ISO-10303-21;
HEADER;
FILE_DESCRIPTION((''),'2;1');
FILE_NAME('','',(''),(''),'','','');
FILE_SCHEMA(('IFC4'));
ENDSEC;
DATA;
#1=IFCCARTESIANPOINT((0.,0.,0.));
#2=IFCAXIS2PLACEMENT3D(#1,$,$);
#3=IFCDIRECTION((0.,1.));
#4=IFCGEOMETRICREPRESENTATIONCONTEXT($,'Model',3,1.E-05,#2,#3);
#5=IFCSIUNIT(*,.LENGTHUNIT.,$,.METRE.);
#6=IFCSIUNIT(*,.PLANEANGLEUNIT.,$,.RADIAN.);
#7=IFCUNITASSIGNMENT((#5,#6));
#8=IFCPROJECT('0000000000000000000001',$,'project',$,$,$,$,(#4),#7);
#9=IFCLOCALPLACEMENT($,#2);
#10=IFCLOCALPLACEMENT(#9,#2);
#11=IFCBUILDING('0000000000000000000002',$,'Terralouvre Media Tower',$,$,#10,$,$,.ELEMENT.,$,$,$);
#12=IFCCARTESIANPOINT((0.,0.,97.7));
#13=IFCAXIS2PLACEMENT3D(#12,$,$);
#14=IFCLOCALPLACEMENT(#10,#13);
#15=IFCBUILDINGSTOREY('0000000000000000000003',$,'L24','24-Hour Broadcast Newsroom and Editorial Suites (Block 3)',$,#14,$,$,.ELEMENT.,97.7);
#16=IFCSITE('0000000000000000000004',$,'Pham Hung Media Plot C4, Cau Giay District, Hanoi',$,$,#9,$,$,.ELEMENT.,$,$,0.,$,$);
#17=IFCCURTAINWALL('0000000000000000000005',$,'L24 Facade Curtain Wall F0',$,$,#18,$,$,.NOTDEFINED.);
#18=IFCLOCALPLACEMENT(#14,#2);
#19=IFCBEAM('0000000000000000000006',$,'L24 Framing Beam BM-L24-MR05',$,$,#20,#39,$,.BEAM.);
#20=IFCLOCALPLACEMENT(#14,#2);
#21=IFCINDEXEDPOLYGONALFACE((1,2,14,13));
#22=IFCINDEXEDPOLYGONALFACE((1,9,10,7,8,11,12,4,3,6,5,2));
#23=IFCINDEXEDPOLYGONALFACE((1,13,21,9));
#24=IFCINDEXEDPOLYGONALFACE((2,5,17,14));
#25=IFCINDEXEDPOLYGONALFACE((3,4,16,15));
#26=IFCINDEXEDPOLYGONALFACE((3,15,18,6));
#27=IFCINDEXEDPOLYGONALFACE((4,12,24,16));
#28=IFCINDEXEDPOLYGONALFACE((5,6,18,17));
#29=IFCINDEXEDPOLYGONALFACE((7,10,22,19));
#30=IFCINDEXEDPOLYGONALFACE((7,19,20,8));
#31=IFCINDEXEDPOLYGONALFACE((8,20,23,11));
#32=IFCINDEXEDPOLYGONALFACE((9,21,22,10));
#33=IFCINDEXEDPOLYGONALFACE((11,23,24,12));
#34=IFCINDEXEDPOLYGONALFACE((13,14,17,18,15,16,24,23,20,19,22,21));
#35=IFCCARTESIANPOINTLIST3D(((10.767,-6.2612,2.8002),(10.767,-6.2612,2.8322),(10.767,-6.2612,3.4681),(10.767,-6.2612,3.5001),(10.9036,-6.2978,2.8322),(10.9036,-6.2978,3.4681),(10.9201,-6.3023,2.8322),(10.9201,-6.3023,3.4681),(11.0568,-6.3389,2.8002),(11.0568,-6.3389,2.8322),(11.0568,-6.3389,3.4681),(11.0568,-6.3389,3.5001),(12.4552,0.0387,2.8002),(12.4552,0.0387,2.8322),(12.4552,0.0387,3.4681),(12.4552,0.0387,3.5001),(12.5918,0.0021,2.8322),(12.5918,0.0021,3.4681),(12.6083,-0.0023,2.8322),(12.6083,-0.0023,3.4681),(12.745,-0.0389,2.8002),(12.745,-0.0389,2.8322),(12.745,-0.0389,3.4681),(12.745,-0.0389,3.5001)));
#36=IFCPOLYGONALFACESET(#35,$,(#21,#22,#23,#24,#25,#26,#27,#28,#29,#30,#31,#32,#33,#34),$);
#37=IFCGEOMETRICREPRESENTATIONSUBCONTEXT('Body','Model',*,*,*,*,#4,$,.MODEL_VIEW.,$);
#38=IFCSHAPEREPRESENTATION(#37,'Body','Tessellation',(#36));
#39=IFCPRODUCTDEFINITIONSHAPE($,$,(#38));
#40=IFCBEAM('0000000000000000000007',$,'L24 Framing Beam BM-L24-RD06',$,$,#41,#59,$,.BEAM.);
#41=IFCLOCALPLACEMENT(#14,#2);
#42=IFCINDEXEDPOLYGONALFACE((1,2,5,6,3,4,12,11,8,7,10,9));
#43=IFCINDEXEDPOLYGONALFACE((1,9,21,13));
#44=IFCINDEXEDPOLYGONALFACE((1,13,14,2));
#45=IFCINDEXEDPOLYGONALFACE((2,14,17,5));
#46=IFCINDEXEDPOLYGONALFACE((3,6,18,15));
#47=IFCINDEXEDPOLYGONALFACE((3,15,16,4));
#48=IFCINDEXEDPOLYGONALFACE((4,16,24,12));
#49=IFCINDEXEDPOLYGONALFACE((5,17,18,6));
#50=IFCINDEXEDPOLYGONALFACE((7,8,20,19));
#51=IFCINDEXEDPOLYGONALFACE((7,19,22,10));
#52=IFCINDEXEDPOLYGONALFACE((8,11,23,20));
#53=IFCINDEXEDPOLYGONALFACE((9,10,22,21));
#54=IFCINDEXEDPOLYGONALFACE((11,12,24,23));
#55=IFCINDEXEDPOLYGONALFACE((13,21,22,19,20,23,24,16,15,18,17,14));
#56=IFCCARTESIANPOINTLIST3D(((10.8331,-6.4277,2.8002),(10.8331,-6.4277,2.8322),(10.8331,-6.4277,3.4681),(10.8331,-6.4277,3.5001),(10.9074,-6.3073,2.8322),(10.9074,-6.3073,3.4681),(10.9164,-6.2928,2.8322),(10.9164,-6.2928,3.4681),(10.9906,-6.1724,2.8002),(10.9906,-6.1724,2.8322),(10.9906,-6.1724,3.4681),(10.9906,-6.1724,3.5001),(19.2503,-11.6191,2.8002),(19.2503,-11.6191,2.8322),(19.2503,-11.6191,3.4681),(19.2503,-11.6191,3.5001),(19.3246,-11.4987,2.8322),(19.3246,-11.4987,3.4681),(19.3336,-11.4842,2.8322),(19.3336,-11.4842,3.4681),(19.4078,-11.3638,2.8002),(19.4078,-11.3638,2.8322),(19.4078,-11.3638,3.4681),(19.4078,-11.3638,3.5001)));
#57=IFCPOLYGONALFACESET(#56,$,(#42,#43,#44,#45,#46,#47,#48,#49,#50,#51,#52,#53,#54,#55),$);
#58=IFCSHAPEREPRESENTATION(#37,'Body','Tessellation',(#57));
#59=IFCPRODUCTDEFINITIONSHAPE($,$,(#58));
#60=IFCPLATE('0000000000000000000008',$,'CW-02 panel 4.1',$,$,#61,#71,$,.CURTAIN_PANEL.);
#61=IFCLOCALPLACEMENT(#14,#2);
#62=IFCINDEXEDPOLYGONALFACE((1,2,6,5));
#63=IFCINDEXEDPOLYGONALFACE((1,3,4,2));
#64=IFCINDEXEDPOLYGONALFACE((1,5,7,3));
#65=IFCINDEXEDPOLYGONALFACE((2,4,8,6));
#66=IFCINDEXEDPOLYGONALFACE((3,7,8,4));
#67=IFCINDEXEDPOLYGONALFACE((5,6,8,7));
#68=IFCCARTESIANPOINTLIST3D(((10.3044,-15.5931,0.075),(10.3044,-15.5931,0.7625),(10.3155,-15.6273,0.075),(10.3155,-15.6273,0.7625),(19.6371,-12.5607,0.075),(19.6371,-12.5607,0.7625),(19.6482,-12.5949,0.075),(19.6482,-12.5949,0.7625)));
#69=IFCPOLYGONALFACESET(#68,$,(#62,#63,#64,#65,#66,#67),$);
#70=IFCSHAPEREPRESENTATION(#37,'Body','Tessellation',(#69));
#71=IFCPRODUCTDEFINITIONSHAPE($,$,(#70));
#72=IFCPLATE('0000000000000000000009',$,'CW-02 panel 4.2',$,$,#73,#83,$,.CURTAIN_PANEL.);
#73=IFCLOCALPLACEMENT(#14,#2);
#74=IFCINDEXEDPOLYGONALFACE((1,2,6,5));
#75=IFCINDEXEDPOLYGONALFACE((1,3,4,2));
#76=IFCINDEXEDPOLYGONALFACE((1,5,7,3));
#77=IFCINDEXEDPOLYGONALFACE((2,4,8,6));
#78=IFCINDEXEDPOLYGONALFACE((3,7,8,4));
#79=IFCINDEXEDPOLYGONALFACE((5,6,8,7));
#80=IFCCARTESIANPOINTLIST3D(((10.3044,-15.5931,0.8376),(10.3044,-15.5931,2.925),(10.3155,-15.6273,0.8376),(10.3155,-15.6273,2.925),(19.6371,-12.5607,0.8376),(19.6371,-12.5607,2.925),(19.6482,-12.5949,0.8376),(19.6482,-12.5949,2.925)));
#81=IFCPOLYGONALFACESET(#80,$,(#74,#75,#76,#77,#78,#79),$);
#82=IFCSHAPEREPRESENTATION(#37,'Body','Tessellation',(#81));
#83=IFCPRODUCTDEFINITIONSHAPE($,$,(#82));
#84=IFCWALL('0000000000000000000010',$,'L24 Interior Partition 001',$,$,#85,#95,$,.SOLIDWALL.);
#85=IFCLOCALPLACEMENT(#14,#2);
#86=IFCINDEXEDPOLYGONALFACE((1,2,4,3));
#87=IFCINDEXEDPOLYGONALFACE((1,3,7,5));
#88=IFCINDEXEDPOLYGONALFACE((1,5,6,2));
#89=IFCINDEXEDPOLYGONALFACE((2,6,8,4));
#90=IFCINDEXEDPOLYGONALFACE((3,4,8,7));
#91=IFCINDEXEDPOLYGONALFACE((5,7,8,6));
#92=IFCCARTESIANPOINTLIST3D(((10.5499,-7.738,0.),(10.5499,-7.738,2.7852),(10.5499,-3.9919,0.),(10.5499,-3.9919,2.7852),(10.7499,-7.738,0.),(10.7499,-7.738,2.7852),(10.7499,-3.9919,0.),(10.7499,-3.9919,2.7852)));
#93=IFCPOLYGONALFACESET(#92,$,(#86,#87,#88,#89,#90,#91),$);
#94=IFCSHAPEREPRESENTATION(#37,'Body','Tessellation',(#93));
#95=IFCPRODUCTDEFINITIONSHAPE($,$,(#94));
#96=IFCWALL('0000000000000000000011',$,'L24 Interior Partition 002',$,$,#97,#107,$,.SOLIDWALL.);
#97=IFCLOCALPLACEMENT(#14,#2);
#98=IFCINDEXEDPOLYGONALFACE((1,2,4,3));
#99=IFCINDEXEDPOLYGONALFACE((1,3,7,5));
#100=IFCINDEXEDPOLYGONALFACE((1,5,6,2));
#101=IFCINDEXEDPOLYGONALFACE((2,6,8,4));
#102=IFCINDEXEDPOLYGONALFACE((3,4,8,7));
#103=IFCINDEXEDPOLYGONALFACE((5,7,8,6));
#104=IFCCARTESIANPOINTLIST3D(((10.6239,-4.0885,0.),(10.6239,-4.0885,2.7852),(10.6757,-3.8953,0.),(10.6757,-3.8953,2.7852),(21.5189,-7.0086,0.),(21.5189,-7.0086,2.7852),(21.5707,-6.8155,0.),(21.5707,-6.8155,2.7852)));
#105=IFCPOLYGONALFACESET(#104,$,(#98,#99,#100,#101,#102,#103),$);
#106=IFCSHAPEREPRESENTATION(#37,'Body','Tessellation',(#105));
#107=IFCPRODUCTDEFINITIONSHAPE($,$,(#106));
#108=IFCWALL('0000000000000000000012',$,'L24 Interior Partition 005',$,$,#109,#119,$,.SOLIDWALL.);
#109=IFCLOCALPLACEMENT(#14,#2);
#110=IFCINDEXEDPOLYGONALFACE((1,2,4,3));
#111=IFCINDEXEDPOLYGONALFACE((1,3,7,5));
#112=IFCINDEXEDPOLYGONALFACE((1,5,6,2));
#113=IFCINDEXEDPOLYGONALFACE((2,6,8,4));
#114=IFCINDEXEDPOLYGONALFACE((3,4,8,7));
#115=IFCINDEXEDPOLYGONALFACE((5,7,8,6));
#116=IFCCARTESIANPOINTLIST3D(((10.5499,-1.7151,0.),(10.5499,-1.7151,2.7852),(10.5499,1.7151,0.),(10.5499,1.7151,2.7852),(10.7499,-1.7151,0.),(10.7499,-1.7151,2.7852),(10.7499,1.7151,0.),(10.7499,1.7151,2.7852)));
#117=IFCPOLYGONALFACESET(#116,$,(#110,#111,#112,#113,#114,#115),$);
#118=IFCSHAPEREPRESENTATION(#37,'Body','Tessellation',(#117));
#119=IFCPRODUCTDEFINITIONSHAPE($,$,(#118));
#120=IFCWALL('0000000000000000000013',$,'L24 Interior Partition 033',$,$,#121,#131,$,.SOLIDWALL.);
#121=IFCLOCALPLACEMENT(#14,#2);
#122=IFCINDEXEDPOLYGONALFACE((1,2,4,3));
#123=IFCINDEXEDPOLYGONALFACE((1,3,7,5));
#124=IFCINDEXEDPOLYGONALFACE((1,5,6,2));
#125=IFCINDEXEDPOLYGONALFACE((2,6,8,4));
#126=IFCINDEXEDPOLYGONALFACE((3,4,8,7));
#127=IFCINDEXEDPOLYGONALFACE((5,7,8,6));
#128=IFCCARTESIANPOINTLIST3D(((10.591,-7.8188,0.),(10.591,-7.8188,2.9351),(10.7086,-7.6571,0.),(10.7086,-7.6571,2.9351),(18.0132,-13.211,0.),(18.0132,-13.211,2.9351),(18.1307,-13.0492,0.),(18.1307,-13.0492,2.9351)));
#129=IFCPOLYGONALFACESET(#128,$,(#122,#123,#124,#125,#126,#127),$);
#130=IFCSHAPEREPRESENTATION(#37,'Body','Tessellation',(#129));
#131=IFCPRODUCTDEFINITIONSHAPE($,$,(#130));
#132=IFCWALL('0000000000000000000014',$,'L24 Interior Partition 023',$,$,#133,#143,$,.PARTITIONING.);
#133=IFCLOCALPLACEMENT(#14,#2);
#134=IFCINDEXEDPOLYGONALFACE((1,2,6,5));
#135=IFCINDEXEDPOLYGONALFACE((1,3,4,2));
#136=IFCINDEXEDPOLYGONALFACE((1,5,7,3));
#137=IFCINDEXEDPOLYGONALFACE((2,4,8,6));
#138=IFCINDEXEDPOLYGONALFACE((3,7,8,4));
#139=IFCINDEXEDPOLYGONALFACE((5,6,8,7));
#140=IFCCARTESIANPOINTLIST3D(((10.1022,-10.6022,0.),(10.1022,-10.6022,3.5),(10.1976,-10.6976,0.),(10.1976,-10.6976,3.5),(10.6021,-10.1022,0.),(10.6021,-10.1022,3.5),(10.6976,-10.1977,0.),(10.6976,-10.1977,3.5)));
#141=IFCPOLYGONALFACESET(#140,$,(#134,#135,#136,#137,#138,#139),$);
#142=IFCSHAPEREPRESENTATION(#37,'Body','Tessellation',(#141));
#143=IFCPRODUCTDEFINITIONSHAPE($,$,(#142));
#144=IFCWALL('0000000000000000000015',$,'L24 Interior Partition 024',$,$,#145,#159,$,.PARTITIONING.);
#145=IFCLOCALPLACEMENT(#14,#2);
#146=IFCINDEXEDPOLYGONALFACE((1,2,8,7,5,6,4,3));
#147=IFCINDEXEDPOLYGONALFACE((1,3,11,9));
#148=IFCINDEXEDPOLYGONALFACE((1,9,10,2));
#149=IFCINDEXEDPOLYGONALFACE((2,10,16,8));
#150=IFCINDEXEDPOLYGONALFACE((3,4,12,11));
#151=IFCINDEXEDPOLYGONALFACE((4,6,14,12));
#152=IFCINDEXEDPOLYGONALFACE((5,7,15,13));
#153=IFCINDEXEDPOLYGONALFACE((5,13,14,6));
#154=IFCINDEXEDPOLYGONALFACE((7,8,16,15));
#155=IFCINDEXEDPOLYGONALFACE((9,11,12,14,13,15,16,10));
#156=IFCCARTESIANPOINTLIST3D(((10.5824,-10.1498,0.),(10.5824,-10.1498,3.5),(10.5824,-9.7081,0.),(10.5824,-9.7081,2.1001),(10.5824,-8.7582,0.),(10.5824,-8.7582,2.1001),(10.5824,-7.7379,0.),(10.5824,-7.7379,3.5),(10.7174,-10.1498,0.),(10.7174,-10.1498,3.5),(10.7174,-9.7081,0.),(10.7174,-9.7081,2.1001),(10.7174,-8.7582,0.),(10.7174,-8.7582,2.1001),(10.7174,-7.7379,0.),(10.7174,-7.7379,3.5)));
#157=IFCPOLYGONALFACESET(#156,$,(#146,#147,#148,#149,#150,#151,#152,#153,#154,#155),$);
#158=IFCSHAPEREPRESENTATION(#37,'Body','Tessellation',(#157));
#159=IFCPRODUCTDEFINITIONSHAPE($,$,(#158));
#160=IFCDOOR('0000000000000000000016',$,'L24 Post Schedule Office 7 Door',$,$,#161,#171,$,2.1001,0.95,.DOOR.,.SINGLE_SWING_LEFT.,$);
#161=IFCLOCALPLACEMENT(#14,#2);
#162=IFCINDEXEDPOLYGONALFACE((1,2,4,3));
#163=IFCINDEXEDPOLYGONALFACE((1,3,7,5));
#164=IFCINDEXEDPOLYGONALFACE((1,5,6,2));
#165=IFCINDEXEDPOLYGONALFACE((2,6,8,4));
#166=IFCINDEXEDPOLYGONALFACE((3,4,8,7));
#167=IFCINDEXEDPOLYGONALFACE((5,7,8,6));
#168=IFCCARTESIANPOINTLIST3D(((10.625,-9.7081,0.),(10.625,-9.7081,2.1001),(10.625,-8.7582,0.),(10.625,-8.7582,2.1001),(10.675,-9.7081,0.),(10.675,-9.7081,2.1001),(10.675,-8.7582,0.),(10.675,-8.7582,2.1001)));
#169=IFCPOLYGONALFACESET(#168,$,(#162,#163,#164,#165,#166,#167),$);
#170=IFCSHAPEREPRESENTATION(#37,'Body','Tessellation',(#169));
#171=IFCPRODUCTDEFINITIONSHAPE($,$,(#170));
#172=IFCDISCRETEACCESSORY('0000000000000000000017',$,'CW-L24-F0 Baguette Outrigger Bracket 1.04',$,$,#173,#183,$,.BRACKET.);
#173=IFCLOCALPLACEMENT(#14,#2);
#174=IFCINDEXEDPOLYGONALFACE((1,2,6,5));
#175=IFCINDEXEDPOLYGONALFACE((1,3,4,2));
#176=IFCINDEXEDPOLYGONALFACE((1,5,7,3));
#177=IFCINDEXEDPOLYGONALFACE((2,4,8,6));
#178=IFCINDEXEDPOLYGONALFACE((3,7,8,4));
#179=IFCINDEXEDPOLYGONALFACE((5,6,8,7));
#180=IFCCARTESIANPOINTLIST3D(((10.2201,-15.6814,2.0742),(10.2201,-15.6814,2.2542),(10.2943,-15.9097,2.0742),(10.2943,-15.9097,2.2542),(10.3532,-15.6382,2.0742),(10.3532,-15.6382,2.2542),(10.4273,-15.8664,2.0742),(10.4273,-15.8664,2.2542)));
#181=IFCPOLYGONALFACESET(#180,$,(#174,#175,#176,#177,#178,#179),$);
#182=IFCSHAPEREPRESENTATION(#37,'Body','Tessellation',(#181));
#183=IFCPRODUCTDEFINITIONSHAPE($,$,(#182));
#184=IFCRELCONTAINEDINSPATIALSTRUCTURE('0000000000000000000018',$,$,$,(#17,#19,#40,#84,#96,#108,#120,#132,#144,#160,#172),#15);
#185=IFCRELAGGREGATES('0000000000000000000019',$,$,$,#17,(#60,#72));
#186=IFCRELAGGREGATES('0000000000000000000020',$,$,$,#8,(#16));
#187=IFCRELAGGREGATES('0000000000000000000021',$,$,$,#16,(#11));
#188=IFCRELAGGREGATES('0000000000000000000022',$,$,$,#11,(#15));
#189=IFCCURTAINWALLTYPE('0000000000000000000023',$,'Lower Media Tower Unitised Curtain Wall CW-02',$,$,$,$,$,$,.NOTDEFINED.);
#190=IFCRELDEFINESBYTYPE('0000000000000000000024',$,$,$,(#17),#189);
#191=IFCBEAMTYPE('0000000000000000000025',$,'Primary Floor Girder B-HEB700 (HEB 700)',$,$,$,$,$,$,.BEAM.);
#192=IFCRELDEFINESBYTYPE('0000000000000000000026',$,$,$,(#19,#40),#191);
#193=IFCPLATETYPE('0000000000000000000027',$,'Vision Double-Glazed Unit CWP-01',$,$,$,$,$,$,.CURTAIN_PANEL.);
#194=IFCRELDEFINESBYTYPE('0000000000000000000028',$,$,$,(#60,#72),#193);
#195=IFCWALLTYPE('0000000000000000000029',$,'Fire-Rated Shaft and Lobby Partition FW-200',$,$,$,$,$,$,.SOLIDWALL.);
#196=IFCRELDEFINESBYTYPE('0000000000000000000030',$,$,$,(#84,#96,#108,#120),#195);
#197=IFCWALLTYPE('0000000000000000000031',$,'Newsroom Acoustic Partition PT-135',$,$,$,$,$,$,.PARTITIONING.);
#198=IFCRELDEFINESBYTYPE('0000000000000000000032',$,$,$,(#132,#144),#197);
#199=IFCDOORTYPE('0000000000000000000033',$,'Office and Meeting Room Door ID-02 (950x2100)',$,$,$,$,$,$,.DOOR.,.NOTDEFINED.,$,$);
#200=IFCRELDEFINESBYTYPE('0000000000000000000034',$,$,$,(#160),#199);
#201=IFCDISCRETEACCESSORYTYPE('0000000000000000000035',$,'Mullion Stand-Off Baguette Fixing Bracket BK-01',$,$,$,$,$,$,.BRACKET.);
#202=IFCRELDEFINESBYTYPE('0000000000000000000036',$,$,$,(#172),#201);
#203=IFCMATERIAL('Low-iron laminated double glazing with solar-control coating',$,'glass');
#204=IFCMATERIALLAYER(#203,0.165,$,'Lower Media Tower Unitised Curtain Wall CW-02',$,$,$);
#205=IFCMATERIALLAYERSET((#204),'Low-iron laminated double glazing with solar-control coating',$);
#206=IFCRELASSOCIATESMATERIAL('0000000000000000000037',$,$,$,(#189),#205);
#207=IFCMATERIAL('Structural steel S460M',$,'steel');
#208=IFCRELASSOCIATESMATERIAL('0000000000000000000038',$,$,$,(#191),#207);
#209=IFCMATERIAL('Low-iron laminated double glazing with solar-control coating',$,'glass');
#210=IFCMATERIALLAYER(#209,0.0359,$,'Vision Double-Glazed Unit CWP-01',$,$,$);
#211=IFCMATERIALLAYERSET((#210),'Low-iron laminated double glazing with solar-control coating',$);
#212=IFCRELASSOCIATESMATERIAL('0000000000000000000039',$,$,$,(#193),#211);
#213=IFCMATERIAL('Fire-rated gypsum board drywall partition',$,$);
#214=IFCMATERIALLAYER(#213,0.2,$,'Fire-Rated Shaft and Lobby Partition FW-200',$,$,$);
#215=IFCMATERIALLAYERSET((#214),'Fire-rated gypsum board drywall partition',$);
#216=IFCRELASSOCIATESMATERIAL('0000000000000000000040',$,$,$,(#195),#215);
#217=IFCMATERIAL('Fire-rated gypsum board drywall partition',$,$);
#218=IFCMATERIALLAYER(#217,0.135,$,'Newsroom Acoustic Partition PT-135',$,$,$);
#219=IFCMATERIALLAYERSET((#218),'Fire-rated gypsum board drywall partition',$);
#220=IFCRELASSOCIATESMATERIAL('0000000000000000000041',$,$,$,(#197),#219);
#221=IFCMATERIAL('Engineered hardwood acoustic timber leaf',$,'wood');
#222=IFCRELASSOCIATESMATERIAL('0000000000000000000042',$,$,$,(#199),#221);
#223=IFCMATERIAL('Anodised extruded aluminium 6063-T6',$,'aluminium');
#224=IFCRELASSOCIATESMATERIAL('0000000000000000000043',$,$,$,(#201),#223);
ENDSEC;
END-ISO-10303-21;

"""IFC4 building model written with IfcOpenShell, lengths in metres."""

from ifc_helpers import new_model, si_unit, direction, frame, frame_2d, origin, origin_2d, place, context, subcontext, project, spatial, rectangle, i_section, extrude, material, layer, layer_set, material_profile, profile_set, type_object, element, fill, aggregate, save


model = new_model("IFC4")

# Units and contexts
model_context = context("Model", 3, precision=1e-05, world=origin(), true_north=direction((0.0, 1.0)))
body_context = subcontext(model_context, "Body", "Model", "MODEL_VIEW")
ifc_project = project(units=[si_unit("LENGTHUNIT", "METRE"), si_unit("PLANEANGLEUNIT", "RADIAN")], contexts=[model_context])

# Site, building, storey
site_placement = place(None, origin())
site = spatial("IfcSite", under=ifc_project, at=site_placement, Name="Pham Hung Media Plot C4, Cau Giay District, Hanoi", CompositionType="ELEMENT", RefElevation=0.0)
building_placement = place(site_placement, origin())
building = spatial("IfcBuilding", under=site, at=building_placement, Name="Terralouvre Media Tower", CompositionType="ELEMENT")
storey_placement = place(building_placement, frame((0.0, 0.0, 97.7)))
storey = spatial("IfcBuildingStorey", under=building, at=storey_placement, Name="L24", Description="24-Hour Broadcast Newsroom and Editorial Suites (Block 3)", CompositionType="ELEMENT", Elevation=97.7)

# Curtain wall
ifc_material_1 = material(Name="Low-iron laminated double glazing with solar-control coating", Category="glass")
ifc_layer_1 = layer(ifc_material_1, 0.165, Name="Lower Media Tower Unitised Curtain Wall CW-02")
ifc_layer_set_1 = layer_set([ifc_layer_1], Name="Low-iron laminated double glazing with solar-control coating")
curtain_wall_type = type_object("IfcCurtainWallType", Name="Lower Media Tower Unitised Curtain Wall CW-02", PredefinedType="NOTDEFINED", material=ifc_layer_set_1)
curtain_wall_placement = place(storey_placement, origin())
curtain_wall = element("IfcCurtainWall", 1, at=curtain_wall_placement, inside=storey, type_object=curtain_wall_type, Name="L24 Facade Curtain Wall F0", PredefinedType="NOTDEFINED")

# Beams
ifc_material_2 = material(Name="Structural steel S460M", Category="steel")
ifc_material_profile_1 = material_profile(ifc_material_2, i_section(OverallWidth=0.3, OverallDepth=0.7, WebThickness=0.0171, FlangeThickness=0.032, at=origin_2d()), Name="HEB 700")
ifc_profile_set_1 = profile_set([ifc_material_profile_1], Name="Structural steel S460M")
beam_type_1 = type_object("IfcBeamType", Name="Primary Floor Girder B-HEB700 (HEB 700)", PredefinedType="BEAM", material=ifc_profile_set_1)
beam_1_placement = place(storey_placement, frame((10.9119, -6.3, 3.1501), z_axis=(0.258839, 0.96592, 0.0), x_axis=(-0.96592, 0.258839, 0.0)))
element("IfcBeam", 2, at=beam_1_placement, inside=storey, type_object=beam_type_1, Name="L24 Framing Beam BM-L24-MR05", PredefinedType="BEAM", context=body_context, shape_type="SweptSolid", body=[
    extrude(i_section(OverallWidth=0.3, OverallDepth=0.7, WebThickness=0.0171, FlangeThickness=0.032, at=origin_2d()), origin(), (0.0, 0.0, 1.0), 6.5222),
])
beam_2_placement = place(storey_placement, frame((10.9119, -6.3, 3.1501), z_axis=(0.851136, -0.524946, 0.0), x_axis=(0.524946, 0.851136, 0.0)))
element("IfcBeam", 3, at=beam_2_placement, inside=storey, type_object=beam_type_1, Name="L24 Framing Beam BM-L24-RD06", PredefinedType="BEAM", context=body_context, shape_type="SweptSolid", body=[
    extrude(i_section(OverallWidth=0.3, OverallDepth=0.7, WebThickness=0.0171, FlangeThickness=0.032, at=origin_2d()), origin(), (0.0, 0.0, 1.0), 9.8894),
])

# Plates
ifc_material_3 = material(Name="Low-iron laminated double glazing with solar-control coating", Category="glass")
ifc_layer_2 = layer(ifc_material_3, 0.0359, Name="Vision Double-Glazed Unit CWP-01")
ifc_layer_set_2 = layer_set([ifc_layer_2], Name="Low-iron laminated double glazing with solar-control coating")
plate_type = type_object("IfcPlateType", Name="Vision Double-Glazed Unit CWP-01", PredefinedType="CURTAIN_PANEL", material=ifc_layer_set_2)
plate_1_placement = place(storey_placement, frame((14.9763, -14.094, 0.075), z_axis=(0.0, 0.0, 1.0), x_axis=(0.951057, 0.309017, 0.0)))
plate_1 = element("IfcPlate", 4, at=plate_1_placement, type_object=plate_type, Name="CW-02 panel 4.1", PredefinedType="CURTAIN_PANEL", context=body_context, shape_type="SweptSolid", body=[
    extrude(rectangle(XDim=9.813, YDim=0.0359, at=origin_2d()), origin(), (0.0, 0.0, 1.0), 0.6875),
])
plate_2_placement = place(storey_placement, frame((14.9763, -14.094, 0.8376), z_axis=(0.0, 0.0, 1.0), x_axis=(0.951057, 0.309017, 0.0)))
plate_2 = element("IfcPlate", 5, at=plate_2_placement, type_object=plate_type, Name="CW-02 panel 4.2", PredefinedType="CURTAIN_PANEL", context=body_context, shape_type="SweptSolid", body=[
    extrude(rectangle(XDim=9.813, YDim=0.0359, at=origin_2d()), origin(), (0.0, 0.0, 1.0), 2.0874),
])
aggregate(curtain_wall, [plate_1, plate_2])

# Walls
ifc_material_4 = material(Name="Fire-rated gypsum board drywall partition")
ifc_layer_3 = layer(ifc_material_4, 0.2, Name="Fire-Rated Shaft and Lobby Partition FW-200")
ifc_layer_set_3 = layer_set([ifc_layer_3], Name="Fire-rated gypsum board drywall partition")
wall_type_1 = type_object("IfcWallType", Name="Fire-Rated Shaft and Lobby Partition FW-200", PredefinedType="SOLIDWALL", material=ifc_layer_set_3)
wall_1_placement = place(storey_placement, frame((10.6499, -7.738, 0.0), z_axis=(0.0, 0.0, 1.0), x_axis=(0.0, 1.0, 0.0)))
element("IfcWall", 6, at=wall_1_placement, inside=storey, type_object=wall_type_1, Name="L24 Interior Partition 001", PredefinedType="SOLIDWALL", context=body_context, shape_type="SweptSolid", body=[
    extrude(rectangle(XDim=3.7461, YDim=0.2, at=frame_2d((1.873, 0.0))), origin(), (0.0, 0.0, 1.0), 2.7852),
])
wall_2_placement = place(storey_placement, frame((10.6499, -3.9919, 0.0), z_axis=(0.0, 0.0, 1.0), x_axis=(0.965907, -0.25889, 0.0)))
element("IfcWall", 7, at=wall_2_placement, inside=storey, type_object=wall_type_1, Name="L24 Interior Partition 002", PredefinedType="SOLIDWALL", context=body_context, shape_type="SweptSolid", body=[
    extrude(rectangle(XDim=11.2795, YDim=0.2, at=frame_2d((5.6396, 0.0))), origin(), (0.0, 0.0, 1.0), 2.7852),
])
wall_3_placement = place(storey_placement, frame((10.6499, -1.7151, 0.0), z_axis=(0.0, 0.0, 1.0), x_axis=(0.0, 1.0, 0.0)))
element("IfcWall", 8, at=wall_3_placement, inside=storey, type_object=wall_type_1, Name="L24 Interior Partition 005", PredefinedType="SOLIDWALL", context=body_context, shape_type="SweptSolid", body=[
    extrude(rectangle(XDim=3.4302, YDim=0.2, at=frame_2d((1.7151, 0.0))), origin(), (0.0, 0.0, 1.0), 2.7852),
])
wall_4_placement = place(storey_placement, frame((10.6499, -7.738, 0.0), z_axis=(0.0, 0.0, 1.0), x_axis=(0.809037, -0.587757, 0.0)))
element("IfcWall", 9, at=wall_4_placement, inside=storey, type_object=wall_type_1, Name="L24 Interior Partition 033", PredefinedType="SOLIDWALL", context=body_context, shape_type="SweptSolid", body=[
    extrude(rectangle(XDim=9.1741, YDim=0.2, at=frame_2d((4.5869, 0.0))), origin(), (0.0, 0.0, 1.0), 2.9351),
])
ifc_material_5 = material(Name="Fire-rated gypsum board drywall partition")
ifc_layer_4 = layer(ifc_material_5, 0.135, Name="Newsroom Acoustic Partition PT-135")
ifc_layer_set_4 = layer_set([ifc_layer_4], Name="Fire-rated gypsum board drywall partition")
wall_type_2 = type_object("IfcWallType", Name="Newsroom Acoustic Partition PT-135", PredefinedType="PARTITIONING", material=ifc_layer_set_4)
wall_5_placement = place(storey_placement, frame((10.1499, -10.6499, 0.0), z_axis=(0.0, 0.0, 1.0), x_axis=(0.707107, 0.707107, 0.0)))
element("IfcWall", 10, at=wall_5_placement, inside=storey, type_object=wall_type_2, Name="L24 Interior Partition 023", PredefinedType="PARTITIONING", context=body_context, shape_type="SweptSolid", body=[
    extrude(rectangle(XDim=0.707, YDim=0.135, at=frame_2d((0.3535, 0.0))), origin(), (0.0, 0.0, 1.0), 3.5),
])

# Wall, opening, door
wall_6_placement = place(storey_placement, frame((10.6499, -10.1499, 0.0), z_axis=(0.0, 0.0, 1.0), x_axis=(0.0, 1.0, 0.0)))
wall_6 = element("IfcWall", 11, at=wall_6_placement, inside=storey, type_object=wall_type_2, Name="L24 Interior Partition 024", PredefinedType="PARTITIONING", context=body_context, shape_type="SweptSolid", body=[
    extrude(rectangle(XDim=2.4119, YDim=0.135, at=frame_2d((1.2061, 0.0))), origin(), (0.0, 0.0, 1.0), 3.5),
])
opening_placement = place(wall_6_placement, frame((0.4417, 0.0, 0.0)))
opening = element("IfcOpeningElement", 12, at=opening_placement, cuts=wall_6, PredefinedType="OPENING", context=body_context, shape_type="SweptSolid", body=[
    extrude(rectangle(XDim=0.95, YDim=2.1001, at=frame_2d((0.4751, 1.05))), frame((0.0, 0.0774, 0.0), z_axis=(0.0, -1.0, 0.0), x_axis=(1.0, 0.0, 0.0)), (0.0, 0.0, 1.0), 0.155),
])
ifc_material_6 = material(Name="Engineered hardwood acoustic timber leaf", Category="wood")
door_type = type_object("IfcDoorType", Name="Office and Meeting Room Door ID-02 (950x2100)", OperationType="NOTDEFINED", PredefinedType="DOOR", material=ifc_material_6)
door_placement = place(opening_placement, origin())
door = element("IfcDoor", 13, at=door_placement, inside=storey, type_object=door_type, Name="L24 Post Schedule Office 7 Door", OperationType="SINGLE_SWING_LEFT", OverallHeight=2.1001, OverallWidth=0.95, PredefinedType="DOOR", context=body_context, shape_type="SweptSolid", body=[
    extrude(rectangle(XDim=0.95, YDim=2.1001, at=frame_2d((0.4751, 1.05))), frame((0.0, 0.0249, 0.0), z_axis=(0.0, -1.0, 0.0), x_axis=(1.0, 0.0, 0.0)), (0.0, 0.0, 1.0), 0.05),
])
fill(opening, door)

# Discrete accessory
ifc_material_7 = material(Name="Anodised extruded aluminium 6063-T6", Category="aluminium")
discrete_accessory_type = type_object("IfcDiscreteAccessoryType", Name="Mullion Stand-Off Baguette Fixing Bracket BK-01", PredefinedType="BRACKET", material=ifc_material_7)
discrete_accessory_placement = place(storey_placement, frame((10.3237, -15.7739, 2.0742), z_axis=(0.0, 0.0, 1.0), x_axis=(0.951057, 0.309017, 0.0)))
element("IfcDiscreteAccessory", 14, at=discrete_accessory_placement, inside=storey, type_object=discrete_accessory_type, Name="CW-L24-F0 Baguette Outrigger Bracket 1.04", PredefinedType="BRACKET", context=body_context, shape_type="SweptSolid", body=[
    extrude(rectangle(XDim=0.1399, YDim=0.24, at=origin_2d()), origin(), (0.0, 0.0, 1.0), 0.1799),
])

save(model, "model.ifc")
